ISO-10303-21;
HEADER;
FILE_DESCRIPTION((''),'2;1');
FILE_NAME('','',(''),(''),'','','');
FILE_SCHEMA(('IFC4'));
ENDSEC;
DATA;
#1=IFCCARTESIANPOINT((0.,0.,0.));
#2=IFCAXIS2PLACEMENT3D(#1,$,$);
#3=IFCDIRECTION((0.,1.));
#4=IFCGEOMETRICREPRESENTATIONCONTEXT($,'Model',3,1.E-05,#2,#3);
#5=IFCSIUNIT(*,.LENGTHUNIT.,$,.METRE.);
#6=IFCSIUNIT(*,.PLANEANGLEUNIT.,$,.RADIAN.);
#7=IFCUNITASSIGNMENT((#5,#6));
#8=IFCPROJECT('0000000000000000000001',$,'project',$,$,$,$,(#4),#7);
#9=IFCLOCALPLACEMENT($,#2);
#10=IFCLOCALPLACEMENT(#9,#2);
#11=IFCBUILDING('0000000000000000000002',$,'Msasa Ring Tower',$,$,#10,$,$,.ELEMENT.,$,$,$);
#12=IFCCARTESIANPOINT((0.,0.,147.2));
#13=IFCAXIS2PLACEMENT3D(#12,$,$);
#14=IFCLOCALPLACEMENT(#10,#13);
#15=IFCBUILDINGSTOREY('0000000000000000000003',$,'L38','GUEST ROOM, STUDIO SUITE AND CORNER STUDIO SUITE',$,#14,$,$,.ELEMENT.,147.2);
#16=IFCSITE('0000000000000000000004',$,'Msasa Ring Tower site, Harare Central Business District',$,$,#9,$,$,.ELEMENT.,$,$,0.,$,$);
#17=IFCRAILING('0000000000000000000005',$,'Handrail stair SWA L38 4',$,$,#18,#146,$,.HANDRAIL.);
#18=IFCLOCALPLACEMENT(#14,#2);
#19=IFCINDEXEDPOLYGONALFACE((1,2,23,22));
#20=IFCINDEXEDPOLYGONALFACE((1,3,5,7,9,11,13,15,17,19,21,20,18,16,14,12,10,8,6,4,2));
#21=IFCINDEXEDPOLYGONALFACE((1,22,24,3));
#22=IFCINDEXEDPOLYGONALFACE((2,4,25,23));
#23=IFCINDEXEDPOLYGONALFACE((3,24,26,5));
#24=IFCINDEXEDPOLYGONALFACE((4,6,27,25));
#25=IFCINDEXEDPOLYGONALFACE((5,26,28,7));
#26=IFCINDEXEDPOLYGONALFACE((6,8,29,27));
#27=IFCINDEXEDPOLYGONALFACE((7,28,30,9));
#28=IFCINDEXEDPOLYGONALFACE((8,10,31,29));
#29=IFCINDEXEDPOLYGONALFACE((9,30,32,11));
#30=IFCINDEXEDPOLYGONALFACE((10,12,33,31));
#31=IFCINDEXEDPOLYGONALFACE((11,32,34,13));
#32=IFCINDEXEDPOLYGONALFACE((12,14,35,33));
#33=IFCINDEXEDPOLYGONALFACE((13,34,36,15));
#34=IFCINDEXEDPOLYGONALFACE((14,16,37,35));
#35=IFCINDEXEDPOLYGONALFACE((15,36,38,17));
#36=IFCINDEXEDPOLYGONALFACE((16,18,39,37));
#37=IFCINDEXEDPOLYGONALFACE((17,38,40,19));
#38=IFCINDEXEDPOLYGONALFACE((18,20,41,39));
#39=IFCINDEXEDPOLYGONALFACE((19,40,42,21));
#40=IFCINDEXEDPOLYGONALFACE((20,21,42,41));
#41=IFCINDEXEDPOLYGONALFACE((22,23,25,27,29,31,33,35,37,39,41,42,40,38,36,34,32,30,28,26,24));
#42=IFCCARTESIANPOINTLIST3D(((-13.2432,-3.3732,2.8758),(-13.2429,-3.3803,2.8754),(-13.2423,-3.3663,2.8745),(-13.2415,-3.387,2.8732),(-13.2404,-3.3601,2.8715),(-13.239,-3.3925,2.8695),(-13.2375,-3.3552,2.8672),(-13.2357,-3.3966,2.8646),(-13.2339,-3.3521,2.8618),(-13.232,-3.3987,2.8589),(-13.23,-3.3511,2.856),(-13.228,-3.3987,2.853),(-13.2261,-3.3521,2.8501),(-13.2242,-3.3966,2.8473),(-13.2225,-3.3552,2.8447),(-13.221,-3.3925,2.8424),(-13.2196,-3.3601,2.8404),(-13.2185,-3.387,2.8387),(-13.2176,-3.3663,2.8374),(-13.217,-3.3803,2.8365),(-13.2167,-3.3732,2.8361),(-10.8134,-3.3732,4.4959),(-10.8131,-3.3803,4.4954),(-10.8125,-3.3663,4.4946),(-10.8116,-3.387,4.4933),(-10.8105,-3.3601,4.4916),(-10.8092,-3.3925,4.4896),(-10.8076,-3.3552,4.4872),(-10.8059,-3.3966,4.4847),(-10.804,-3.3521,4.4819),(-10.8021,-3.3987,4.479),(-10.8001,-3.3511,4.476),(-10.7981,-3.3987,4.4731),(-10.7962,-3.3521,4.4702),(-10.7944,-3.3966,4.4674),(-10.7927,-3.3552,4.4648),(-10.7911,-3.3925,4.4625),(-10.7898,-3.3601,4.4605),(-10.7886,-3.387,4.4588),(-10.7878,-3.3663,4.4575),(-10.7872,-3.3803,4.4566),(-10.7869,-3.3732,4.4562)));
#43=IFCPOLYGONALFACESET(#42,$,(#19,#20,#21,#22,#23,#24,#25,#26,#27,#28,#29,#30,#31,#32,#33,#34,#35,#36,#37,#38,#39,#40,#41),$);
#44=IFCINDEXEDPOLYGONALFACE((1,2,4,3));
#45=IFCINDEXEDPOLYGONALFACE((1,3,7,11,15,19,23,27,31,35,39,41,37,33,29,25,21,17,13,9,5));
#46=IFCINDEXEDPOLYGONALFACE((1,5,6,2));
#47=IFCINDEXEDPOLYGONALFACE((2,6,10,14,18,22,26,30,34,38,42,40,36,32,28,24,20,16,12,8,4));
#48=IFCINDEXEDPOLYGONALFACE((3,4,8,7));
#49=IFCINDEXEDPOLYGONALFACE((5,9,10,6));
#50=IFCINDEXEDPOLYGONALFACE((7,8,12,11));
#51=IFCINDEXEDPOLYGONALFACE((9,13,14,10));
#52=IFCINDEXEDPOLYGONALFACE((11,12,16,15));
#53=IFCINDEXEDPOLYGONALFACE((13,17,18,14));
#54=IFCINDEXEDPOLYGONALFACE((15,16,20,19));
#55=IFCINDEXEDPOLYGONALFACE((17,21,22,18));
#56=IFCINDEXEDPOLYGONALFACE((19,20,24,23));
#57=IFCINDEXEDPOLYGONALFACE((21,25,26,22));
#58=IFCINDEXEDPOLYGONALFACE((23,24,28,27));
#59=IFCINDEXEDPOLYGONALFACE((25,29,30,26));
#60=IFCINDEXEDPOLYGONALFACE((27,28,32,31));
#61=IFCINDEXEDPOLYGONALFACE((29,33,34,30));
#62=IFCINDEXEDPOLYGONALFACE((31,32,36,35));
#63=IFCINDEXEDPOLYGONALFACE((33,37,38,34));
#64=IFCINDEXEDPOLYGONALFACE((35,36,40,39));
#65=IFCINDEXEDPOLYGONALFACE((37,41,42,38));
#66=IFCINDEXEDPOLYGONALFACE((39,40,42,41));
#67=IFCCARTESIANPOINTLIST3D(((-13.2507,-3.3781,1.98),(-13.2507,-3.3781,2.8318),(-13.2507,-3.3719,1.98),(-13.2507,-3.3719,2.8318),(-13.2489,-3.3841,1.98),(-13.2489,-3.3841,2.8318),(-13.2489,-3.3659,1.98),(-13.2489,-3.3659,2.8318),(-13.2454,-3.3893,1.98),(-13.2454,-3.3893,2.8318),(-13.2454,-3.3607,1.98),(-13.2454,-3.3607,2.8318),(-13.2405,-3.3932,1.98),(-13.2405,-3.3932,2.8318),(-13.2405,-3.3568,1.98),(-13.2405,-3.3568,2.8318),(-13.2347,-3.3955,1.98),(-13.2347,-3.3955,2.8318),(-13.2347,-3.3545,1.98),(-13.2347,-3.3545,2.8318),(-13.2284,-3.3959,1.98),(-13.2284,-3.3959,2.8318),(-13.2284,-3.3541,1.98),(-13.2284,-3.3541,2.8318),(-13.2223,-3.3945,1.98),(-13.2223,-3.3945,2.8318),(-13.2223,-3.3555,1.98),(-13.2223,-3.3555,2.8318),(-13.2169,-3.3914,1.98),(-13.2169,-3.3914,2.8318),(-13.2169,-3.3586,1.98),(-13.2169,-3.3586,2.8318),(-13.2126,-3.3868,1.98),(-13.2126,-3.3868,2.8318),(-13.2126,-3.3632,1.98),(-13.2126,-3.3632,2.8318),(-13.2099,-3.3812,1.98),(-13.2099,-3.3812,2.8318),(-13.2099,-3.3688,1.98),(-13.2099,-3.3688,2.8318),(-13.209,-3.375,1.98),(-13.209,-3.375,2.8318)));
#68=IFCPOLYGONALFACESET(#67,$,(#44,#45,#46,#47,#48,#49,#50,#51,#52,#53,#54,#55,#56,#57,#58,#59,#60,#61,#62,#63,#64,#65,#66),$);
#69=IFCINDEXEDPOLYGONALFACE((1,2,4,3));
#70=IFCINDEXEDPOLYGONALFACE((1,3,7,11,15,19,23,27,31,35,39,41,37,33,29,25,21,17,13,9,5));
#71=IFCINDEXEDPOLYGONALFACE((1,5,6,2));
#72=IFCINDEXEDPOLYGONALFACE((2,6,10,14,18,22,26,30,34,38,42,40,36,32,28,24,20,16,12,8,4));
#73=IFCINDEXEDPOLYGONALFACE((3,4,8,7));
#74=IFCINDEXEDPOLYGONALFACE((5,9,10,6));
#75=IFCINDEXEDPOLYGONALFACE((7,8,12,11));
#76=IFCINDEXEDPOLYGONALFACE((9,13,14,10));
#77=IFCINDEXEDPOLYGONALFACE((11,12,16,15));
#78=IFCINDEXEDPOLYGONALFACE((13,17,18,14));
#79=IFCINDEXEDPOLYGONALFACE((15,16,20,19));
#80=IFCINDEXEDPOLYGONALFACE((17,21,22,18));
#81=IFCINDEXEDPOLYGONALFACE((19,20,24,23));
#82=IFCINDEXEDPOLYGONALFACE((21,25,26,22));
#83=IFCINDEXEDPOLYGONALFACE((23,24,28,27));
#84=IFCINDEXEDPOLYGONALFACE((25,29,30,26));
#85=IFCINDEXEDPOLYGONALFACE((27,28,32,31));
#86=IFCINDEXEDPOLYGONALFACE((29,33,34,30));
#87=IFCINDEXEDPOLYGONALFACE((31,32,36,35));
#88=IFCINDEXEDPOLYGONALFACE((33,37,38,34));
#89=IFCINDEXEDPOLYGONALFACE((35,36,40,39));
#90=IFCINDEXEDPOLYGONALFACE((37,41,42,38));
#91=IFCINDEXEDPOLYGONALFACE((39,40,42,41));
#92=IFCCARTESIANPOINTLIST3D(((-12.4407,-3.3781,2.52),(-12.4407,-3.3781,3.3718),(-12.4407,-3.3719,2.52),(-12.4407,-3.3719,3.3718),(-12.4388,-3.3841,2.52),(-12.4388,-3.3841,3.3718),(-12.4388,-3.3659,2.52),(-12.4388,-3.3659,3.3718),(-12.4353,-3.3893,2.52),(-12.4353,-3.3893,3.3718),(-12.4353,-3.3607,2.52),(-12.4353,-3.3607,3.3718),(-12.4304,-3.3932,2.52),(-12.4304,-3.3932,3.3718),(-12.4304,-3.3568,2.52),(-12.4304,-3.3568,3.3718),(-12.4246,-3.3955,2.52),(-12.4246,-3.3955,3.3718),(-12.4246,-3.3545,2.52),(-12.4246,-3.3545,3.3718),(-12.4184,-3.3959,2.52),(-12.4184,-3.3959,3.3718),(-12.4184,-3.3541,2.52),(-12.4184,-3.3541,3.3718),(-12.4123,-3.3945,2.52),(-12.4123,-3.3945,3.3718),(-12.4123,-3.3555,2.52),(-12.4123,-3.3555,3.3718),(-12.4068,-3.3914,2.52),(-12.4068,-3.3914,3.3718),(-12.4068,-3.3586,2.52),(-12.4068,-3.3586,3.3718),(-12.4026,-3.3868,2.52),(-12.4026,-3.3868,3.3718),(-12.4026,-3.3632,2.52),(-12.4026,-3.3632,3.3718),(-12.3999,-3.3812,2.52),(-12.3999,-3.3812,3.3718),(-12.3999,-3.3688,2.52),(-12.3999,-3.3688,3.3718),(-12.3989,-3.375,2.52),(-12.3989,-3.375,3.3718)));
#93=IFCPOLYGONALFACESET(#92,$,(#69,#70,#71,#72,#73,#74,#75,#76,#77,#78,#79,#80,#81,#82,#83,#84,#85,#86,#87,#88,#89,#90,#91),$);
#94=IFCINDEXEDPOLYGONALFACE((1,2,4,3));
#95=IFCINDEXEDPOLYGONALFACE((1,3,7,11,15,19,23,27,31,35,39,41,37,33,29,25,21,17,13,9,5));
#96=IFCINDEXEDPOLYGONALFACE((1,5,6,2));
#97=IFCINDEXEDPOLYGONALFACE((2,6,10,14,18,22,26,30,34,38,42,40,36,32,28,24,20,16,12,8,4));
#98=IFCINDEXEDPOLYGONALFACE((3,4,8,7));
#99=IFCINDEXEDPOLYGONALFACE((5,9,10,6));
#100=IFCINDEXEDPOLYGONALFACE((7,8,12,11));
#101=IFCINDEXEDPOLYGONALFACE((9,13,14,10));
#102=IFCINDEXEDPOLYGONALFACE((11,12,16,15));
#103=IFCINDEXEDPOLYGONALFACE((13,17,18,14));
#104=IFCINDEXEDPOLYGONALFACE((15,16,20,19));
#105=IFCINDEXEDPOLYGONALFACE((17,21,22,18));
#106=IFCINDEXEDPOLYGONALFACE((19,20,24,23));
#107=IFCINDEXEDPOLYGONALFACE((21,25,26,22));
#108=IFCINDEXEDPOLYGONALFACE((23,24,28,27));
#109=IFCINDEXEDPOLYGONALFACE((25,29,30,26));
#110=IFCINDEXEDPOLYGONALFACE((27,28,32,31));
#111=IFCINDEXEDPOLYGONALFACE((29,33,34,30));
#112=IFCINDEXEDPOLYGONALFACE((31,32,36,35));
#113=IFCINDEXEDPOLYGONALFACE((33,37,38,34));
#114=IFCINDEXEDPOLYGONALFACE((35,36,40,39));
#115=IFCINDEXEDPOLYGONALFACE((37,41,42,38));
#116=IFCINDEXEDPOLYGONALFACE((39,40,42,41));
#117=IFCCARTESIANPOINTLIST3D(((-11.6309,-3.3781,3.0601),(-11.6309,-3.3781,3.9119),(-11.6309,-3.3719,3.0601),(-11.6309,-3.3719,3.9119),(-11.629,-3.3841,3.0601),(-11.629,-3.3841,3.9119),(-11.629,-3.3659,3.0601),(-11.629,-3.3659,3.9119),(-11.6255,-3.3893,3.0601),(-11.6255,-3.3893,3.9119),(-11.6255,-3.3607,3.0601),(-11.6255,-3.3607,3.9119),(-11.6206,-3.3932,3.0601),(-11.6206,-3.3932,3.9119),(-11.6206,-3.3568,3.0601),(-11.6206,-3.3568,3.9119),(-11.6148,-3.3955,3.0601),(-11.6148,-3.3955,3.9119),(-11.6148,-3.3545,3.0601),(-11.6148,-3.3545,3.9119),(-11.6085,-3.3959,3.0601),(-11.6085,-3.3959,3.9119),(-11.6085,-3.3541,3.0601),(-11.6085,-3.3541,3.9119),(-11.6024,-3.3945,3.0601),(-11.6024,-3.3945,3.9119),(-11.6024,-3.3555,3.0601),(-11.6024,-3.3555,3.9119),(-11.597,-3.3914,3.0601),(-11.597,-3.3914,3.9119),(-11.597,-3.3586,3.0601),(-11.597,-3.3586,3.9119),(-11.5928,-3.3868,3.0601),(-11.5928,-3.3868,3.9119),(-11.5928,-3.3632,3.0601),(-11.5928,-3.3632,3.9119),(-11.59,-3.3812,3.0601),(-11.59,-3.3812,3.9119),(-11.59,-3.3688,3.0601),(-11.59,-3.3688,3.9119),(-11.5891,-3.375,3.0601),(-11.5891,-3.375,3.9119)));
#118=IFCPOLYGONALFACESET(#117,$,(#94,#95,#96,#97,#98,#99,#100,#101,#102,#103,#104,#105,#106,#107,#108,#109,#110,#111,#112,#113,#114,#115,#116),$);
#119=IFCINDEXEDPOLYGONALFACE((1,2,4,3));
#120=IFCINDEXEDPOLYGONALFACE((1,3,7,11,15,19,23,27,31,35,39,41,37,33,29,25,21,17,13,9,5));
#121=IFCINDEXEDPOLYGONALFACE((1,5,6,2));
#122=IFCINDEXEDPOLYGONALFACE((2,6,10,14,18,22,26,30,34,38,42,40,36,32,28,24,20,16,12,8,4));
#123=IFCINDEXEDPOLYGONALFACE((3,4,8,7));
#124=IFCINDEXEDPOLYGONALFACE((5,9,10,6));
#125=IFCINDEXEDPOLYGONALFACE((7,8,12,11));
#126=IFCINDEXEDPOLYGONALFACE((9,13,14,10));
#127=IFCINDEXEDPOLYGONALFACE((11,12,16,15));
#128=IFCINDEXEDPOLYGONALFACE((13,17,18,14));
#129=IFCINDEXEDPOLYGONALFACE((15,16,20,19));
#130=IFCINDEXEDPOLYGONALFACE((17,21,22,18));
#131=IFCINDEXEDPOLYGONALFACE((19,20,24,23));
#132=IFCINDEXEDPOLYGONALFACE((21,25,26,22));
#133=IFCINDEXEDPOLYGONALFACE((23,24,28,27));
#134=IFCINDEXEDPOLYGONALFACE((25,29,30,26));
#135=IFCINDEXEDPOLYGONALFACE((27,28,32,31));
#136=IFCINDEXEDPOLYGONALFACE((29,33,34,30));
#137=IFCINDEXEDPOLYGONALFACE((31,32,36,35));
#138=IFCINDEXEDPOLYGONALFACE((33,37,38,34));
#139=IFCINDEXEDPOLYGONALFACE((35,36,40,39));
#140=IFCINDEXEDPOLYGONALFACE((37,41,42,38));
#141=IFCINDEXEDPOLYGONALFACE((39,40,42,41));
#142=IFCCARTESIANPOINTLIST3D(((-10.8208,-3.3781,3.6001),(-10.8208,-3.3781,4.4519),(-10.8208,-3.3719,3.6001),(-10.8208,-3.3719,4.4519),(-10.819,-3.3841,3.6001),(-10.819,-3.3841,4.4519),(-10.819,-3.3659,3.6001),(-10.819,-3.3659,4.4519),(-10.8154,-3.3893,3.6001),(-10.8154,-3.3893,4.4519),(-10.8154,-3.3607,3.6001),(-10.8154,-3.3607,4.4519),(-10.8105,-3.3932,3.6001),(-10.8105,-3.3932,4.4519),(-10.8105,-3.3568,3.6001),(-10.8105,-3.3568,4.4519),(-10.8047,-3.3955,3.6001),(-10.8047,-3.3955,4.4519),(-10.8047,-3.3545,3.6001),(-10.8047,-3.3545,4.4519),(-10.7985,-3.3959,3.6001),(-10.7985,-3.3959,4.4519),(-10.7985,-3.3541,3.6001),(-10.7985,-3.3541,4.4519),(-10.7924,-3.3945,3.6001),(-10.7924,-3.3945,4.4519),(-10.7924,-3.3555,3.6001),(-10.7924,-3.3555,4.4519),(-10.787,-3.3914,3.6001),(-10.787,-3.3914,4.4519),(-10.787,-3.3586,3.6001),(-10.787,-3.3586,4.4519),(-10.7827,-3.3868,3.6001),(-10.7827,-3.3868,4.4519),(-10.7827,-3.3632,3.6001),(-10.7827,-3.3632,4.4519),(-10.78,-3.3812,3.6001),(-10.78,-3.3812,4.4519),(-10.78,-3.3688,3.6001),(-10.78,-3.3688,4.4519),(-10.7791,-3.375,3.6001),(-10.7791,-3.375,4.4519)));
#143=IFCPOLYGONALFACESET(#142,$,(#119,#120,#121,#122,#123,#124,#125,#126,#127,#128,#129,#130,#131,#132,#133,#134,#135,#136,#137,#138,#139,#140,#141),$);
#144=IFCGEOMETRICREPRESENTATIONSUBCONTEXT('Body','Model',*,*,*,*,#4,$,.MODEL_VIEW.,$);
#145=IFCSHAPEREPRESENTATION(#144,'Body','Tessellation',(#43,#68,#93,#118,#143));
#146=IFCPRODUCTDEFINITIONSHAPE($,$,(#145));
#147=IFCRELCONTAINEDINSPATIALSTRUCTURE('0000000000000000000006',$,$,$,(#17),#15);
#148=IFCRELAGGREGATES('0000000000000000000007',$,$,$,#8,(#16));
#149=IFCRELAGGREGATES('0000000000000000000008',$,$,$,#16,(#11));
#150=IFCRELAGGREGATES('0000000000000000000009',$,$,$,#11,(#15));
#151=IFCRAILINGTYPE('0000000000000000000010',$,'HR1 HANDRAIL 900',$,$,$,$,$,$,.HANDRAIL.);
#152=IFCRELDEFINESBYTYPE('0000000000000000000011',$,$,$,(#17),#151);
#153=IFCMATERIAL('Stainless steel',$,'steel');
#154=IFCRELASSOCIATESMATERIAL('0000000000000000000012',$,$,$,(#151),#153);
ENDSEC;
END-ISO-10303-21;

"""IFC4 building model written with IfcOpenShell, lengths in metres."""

from ifc_helpers import new_model, si_unit, direction, frame, origin, origin_2d, place, context, subcontext, project, spatial, circle, extrude, material, type_object, element, save


model = new_model("IFC4")

# Units and contexts
model_context = context("Model", 3, precision=1e-05, world=origin(), true_north=direction((0.0, 1.0)))
body_context = subcontext(model_context, "Body", "Model", "MODEL_VIEW")
ifc_project = project(units=[si_unit("LENGTHUNIT", "METRE"), si_unit("PLANEANGLEUNIT", "RADIAN")], contexts=[model_context])

# Site, building, storey
site_placement = place(None, origin())
site = spatial("IfcSite", under=ifc_project, at=site_placement, Name="Msasa Ring Tower site, Harare Central Business District", CompositionType="ELEMENT", RefElevation=0.0)
building_placement = place(site_placement, origin())
building = spatial("IfcBuilding", under=site, at=building_placement, Name="Msasa Ring Tower", CompositionType="ELEMENT")
storey_placement = place(building_placement, frame((0.0, 0.0, 147.2)))
storey = spatial("IfcBuildingStorey", under=building, at=storey_placement, Name="L38", Description="GUEST ROOM, STUDIO SUITE AND CORNER STUDIO SUITE", CompositionType="ELEMENT", Elevation=147.2)

# Railing
ifc_material_1 = material(Name="Stainless steel", Category="steel")
railing_type = type_object("IfcRailingType", Name="HR1 HANDRAIL 900", PredefinedType="HANDRAIL", material=ifc_material_1)
for number, where, name in (
    (1, (-13.23, -3.375, 1.98), "Handrail stair SWA L38 4"),
):
    element("IfcRailing", number, at=place(storey_placement, frame(where)), inside=storey, type_object=railing_type, Name=name, PredefinedType="HANDRAIL", context=body_context, shape_type="SweptSolid", body=[
        extrude(circle(Radius=0.0239, at=origin_2d()), frame((0.0, 0.0, 0.876), z_axis=(0.832025, 0.0, 0.554739), x_axis=(0.0, 1.0, 0.0)), (0.0, 0.0, 1.0), 2.9204),
        extrude(circle(Radius=0.021, at=origin_2d()), origin(), (0.0, 0.0, 1.0), 0.8518),
        extrude(circle(Radius=0.021, at=origin_2d()), frame((0.8101, 0.0, 0.54)), (0.0, 0.0, 1.0), 0.8518),
        extrude(circle(Radius=0.021, at=origin_2d()), frame((1.6199, 0.0, 1.0801)), (0.0, 0.0, 1.0), 0.8518),
        extrude(circle(Radius=0.021, at=origin_2d()), frame((2.4299, 0.0, 1.6201)), (0.0, 0.0, 1.0), 0.8518),
    ])

save(model, "model.ifc")
